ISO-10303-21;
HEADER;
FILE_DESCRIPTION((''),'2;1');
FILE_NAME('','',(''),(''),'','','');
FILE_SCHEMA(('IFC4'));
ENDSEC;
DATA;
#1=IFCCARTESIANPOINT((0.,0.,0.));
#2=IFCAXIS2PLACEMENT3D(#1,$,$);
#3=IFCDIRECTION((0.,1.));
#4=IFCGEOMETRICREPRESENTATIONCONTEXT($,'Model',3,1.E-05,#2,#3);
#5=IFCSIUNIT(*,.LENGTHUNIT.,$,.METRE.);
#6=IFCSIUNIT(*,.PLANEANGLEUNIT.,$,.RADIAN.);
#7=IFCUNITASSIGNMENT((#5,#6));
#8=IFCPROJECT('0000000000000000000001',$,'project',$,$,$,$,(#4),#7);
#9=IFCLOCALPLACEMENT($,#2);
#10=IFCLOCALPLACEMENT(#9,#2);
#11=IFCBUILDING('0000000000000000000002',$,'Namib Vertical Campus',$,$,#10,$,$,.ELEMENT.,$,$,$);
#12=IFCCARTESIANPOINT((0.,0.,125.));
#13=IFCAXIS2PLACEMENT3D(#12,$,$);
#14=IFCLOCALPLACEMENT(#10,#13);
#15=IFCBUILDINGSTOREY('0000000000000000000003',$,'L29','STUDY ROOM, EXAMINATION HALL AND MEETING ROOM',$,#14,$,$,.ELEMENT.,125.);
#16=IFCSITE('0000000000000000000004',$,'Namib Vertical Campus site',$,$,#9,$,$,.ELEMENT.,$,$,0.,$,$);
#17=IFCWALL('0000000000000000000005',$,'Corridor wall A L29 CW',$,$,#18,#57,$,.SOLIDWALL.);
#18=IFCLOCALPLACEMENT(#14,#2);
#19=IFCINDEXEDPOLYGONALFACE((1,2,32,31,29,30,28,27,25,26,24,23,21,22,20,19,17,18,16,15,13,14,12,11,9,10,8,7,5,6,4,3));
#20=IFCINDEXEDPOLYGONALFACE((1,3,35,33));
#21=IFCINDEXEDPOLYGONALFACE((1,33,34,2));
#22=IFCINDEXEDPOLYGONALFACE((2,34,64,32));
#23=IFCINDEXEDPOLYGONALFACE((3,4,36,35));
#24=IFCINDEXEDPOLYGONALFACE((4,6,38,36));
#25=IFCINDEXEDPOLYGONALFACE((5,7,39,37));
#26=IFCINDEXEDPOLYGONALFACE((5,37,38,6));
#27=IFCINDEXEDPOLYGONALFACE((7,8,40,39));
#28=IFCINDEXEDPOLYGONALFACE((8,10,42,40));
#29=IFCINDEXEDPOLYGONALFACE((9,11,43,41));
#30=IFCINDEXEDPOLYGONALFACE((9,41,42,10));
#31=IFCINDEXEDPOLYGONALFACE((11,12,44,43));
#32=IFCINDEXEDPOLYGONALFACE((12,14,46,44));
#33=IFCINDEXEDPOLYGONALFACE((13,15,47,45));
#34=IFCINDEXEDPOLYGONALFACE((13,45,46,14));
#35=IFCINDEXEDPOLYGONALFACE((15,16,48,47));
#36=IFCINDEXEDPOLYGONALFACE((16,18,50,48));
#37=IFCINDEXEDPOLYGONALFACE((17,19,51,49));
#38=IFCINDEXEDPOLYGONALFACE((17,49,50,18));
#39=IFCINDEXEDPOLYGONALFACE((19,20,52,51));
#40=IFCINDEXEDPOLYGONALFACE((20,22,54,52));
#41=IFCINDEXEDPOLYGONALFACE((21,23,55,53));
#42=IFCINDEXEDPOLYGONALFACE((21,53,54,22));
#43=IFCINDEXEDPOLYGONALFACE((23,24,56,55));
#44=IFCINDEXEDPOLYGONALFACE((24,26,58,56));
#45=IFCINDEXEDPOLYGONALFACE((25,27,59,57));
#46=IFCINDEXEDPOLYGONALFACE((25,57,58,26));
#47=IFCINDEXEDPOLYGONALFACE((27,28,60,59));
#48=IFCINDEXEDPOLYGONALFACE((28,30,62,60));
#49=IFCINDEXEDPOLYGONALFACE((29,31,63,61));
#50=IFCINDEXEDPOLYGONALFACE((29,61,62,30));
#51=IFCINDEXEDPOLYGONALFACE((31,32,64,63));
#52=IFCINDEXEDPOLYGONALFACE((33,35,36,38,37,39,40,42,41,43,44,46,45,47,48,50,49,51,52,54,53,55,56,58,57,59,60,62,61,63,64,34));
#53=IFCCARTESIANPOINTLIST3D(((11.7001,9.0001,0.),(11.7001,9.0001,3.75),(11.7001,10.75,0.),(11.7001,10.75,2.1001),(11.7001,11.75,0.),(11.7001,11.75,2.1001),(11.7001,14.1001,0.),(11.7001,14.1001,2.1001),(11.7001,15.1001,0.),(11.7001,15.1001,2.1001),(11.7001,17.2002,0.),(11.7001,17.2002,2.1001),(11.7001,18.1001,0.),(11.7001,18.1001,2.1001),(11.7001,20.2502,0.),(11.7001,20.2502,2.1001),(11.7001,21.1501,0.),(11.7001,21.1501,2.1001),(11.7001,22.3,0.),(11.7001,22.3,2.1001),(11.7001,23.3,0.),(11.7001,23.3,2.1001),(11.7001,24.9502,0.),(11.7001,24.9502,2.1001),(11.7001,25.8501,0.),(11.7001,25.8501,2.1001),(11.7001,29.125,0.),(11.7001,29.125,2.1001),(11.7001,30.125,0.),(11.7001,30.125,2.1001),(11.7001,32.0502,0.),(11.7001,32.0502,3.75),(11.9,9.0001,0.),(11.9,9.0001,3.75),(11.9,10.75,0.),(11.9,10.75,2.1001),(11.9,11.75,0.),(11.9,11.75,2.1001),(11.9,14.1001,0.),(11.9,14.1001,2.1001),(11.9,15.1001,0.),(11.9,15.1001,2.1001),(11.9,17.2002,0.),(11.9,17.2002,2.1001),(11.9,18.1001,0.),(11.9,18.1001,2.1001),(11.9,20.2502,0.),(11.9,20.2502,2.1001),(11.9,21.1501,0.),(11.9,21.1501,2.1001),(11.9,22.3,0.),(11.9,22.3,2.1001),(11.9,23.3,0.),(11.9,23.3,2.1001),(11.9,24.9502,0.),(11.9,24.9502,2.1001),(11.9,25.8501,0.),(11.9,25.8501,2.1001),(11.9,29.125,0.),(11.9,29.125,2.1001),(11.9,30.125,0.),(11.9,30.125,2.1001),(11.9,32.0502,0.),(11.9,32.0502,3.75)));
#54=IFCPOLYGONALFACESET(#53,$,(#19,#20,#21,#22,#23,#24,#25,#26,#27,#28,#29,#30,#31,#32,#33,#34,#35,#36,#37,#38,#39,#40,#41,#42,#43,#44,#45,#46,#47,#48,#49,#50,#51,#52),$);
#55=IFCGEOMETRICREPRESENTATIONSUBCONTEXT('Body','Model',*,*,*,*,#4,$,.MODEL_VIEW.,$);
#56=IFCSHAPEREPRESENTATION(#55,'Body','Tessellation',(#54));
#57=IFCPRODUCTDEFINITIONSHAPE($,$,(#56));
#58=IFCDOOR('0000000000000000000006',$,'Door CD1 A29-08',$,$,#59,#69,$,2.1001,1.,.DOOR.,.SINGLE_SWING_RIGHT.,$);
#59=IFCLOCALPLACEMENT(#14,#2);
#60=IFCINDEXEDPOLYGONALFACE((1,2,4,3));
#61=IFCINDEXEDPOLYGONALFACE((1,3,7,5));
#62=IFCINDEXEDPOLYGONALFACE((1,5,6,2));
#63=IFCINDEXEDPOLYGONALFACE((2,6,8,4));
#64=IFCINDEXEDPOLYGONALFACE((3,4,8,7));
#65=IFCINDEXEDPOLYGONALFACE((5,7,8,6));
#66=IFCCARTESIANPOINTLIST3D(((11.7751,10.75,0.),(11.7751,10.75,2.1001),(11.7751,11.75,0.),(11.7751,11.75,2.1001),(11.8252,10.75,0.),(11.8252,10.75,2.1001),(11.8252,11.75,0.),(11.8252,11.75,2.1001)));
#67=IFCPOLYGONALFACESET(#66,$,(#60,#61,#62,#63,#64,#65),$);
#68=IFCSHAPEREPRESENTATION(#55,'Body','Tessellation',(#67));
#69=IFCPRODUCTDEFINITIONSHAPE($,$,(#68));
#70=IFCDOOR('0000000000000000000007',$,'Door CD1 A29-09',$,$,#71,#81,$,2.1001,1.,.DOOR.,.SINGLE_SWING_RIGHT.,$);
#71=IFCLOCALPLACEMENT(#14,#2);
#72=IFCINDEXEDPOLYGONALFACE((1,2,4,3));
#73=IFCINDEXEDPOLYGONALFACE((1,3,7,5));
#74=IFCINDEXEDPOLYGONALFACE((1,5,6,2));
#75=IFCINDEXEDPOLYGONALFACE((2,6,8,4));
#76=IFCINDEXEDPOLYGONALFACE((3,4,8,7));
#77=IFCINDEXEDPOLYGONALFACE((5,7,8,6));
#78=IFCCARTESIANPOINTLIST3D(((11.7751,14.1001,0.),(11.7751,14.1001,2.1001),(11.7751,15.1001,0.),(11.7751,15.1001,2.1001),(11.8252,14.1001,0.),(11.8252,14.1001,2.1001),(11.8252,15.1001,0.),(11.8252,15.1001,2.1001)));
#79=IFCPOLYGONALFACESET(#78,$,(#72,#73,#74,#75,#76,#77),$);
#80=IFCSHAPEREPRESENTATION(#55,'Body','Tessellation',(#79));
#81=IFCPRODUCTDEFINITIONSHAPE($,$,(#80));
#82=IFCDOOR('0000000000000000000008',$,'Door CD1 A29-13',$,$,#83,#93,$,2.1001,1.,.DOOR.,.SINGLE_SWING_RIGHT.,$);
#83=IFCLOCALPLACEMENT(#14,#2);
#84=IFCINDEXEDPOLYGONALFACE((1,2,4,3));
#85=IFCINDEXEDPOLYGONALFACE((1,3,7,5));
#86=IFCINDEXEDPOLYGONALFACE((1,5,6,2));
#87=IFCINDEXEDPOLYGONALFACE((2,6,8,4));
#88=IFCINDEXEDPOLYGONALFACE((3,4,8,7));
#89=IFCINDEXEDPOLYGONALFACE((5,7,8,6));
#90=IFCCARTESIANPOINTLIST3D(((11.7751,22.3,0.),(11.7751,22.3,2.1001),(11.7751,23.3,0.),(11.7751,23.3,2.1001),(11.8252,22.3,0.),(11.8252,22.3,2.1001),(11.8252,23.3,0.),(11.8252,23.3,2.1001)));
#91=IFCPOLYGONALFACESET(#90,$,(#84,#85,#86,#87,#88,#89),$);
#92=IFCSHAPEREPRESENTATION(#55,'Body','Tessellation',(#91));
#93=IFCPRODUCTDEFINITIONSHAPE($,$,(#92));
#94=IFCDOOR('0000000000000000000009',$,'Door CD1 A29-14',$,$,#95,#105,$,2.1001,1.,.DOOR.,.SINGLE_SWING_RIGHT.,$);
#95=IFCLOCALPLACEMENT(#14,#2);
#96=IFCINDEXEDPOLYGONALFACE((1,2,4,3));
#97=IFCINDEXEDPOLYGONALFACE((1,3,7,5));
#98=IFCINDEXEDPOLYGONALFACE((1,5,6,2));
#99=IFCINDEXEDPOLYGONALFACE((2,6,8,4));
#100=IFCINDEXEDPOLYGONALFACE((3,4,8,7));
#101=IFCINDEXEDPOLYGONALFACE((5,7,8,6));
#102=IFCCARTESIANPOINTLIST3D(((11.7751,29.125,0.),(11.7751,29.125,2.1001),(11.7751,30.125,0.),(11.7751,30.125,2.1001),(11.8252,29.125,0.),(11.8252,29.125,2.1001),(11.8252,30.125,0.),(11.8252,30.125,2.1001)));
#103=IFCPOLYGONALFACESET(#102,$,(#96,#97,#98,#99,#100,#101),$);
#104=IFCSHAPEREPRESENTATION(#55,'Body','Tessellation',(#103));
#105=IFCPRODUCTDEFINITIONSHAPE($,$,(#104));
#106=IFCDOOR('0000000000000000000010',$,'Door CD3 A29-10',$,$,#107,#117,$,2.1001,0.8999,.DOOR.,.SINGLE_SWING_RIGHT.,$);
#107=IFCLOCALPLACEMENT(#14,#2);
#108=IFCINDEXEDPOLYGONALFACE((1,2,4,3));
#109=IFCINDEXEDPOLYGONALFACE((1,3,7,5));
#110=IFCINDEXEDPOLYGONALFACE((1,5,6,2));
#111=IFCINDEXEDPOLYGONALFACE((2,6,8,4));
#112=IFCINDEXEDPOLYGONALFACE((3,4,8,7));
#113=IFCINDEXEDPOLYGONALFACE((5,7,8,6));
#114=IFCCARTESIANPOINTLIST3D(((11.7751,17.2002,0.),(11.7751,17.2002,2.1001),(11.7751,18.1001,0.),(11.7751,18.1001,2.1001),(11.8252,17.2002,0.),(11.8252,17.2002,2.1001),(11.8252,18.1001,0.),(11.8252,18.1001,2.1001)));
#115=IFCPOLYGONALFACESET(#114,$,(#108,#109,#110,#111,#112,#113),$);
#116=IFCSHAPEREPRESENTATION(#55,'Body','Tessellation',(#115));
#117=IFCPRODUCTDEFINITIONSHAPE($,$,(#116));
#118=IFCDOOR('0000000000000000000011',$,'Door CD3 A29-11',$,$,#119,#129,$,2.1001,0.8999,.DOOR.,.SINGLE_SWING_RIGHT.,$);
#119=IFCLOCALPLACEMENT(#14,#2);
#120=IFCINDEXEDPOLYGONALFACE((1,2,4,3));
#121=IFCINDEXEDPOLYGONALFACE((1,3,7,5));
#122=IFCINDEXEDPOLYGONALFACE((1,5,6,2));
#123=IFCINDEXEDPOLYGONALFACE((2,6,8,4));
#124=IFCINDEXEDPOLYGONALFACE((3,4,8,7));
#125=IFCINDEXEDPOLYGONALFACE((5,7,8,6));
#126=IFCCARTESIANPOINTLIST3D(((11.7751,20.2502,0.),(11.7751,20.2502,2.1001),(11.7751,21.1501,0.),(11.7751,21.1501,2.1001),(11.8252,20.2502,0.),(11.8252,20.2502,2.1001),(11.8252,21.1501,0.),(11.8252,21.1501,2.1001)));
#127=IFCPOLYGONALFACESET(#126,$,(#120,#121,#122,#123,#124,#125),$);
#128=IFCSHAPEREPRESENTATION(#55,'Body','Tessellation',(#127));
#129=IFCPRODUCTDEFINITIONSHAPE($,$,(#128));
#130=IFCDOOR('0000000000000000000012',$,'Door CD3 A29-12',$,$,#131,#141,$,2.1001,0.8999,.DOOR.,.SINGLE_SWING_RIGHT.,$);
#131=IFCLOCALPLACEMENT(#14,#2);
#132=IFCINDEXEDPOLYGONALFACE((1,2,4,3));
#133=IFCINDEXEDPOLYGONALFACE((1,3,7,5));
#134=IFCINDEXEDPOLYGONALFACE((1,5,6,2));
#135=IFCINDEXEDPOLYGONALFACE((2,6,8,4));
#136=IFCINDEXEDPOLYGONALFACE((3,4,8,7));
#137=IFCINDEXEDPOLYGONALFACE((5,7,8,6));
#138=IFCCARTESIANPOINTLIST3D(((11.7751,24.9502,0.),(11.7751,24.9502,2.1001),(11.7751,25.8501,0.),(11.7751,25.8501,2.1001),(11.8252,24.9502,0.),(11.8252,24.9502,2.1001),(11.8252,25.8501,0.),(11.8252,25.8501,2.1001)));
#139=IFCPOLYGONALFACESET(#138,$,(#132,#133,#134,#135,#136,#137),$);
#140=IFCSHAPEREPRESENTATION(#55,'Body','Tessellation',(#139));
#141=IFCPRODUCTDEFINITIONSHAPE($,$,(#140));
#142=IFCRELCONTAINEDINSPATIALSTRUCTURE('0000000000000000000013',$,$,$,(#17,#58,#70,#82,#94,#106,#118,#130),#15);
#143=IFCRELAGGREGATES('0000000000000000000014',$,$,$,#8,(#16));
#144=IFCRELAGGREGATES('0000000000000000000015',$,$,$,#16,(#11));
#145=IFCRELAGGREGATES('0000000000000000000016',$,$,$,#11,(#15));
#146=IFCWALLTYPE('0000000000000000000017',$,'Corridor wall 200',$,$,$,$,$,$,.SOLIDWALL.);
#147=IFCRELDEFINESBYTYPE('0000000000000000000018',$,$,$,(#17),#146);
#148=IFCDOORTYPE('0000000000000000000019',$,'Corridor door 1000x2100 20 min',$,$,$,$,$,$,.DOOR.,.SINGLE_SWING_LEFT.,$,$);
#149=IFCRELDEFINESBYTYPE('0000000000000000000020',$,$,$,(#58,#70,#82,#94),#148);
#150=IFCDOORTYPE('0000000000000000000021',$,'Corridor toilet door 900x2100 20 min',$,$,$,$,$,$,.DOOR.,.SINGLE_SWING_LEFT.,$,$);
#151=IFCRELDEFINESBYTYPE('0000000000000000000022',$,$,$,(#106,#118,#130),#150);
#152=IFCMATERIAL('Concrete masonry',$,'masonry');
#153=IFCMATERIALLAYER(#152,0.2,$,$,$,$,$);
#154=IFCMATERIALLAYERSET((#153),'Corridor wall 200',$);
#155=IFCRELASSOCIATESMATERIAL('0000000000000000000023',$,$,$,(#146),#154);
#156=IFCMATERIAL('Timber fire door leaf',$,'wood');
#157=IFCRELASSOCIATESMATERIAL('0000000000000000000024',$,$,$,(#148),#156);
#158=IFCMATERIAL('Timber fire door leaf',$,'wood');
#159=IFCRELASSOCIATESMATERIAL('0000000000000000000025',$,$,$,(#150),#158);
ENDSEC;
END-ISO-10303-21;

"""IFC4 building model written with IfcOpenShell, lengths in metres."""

from ifc_helpers import new_model, si_unit, direction, frame, frame_2d, origin, place, context, subcontext, project, spatial, rectangle, extrude, material, layer, layer_set, type_object, element, fill, save


model = new_model("IFC4")

# Units and contexts
model_context = context("Model", 3, precision=1e-05, world=origin(), true_north=direction((0.0, 1.0)))
body_context = subcontext(model_context, "Body", "Model", "MODEL_VIEW")
ifc_project = project(units=[si_unit("LENGTHUNIT", "METRE"), si_unit("PLANEANGLEUNIT", "RADIAN")], contexts=[model_context])

# Site, building, storey
site_placement = place(None, origin())
site = spatial("IfcSite", under=ifc_project, at=site_placement, Name="Namib Vertical Campus site", CompositionType="ELEMENT", RefElevation=0.0)
building_placement = place(site_placement, origin())
building = spatial("IfcBuilding", under=site, at=building_placement, Name="Namib Vertical Campus", CompositionType="ELEMENT")
storey_placement = place(building_placement, frame((0.0, 0.0, 125.0)))
storey = spatial("IfcBuildingStorey", under=building, at=storey_placement, Name="L29", Description="STUDY ROOM, EXAMINATION HALL AND MEETING ROOM", CompositionType="ELEMENT", Elevation=125.0)

# Wall, openings, doors
ifc_material_1 = material(Name="Concrete masonry", Category="masonry")
ifc_layer_1 = layer(ifc_material_1, 0.2)
ifc_layer_set_1 = layer_set([ifc_layer_1], Name="Corridor wall 200")
wall_type_1 = type_object("IfcWallType", Name="Corridor wall 200", PredefinedType="SOLIDWALL", material=ifc_layer_set_1)
wall_1_placement = place(storey_placement, frame((11.8, 32.05, 0.0), z_axis=(0.0, 0.0, 1.0), x_axis=(0.0, -1.0, 0.0)))
wall_1 = element("IfcWall", 1, at=wall_1_placement, inside=storey, type_object=wall_type_1, Name="Corridor wall A L29 CW", PredefinedType="SOLIDWALL", context=body_context, shape_type="SweptSolid", body=[
    extrude(rectangle(XDim=23.05, YDim=0.2, at=frame_2d((11.5249, 0.0))), origin(), (0.0, 0.0, 1.0), 3.75),
])
opening_1_placement = place(wall_1_placement, frame((20.3, 0.0, 0.0)))
opening_1 = element("IfcOpeningElement", 2, at=opening_1_placement, cuts=wall_1, PredefinedType="OPENING", context=body_context, shape_type="SweptSolid", body=[
    extrude(rectangle(XDim=1.0, YDim=2.1001, at=frame_2d((0.5, 1.05))), frame((0.0, 0.1099, 0.0), z_axis=(0.0, -1.0, 0.0), x_axis=(1.0, 0.0, 0.0)), (0.0, 0.0, 1.0), 0.22),
])
opening_2_placement = place(wall_1_placement, frame((16.95, 0.0, 0.0)))
opening_2 = element("IfcOpeningElement", 3, at=opening_2_placement, cuts=wall_1, PredefinedType="OPENING", context=body_context, shape_type="SweptSolid", body=[
    extrude(rectangle(XDim=1.0, YDim=2.1001, at=frame_2d((0.5, 1.05))), frame((0.0, 0.1099, 0.0), z_axis=(0.0, -1.0, 0.0), x_axis=(1.0, 0.0, 0.0)), (0.0, 0.0, 1.0), 0.22),
])
opening_3_placement = place(wall_1_placement, frame((13.95, 0.0, 0.0)))
opening_3 = element("IfcOpeningElement", 4, at=opening_3_placement, cuts=wall_1, PredefinedType="OPENING", context=body_context, shape_type="SweptSolid", body=[
    extrude(rectangle(XDim=0.8999, YDim=2.1001, at=frame_2d((0.45, 1.05))), frame((0.0, 0.1099, 0.0), z_axis=(0.0, -1.0, 0.0), x_axis=(1.0, 0.0, 0.0)), (0.0, 0.0, 1.0), 0.22),
])
opening_4_placement = place(wall_1_placement, frame((10.8999, 0.0, 0.0)))
opening_4 = element("IfcOpeningElement", 5, at=opening_4_placement, cuts=wall_1, PredefinedType="OPENING", context=body_context, shape_type="SweptSolid", body=[
    extrude(rectangle(XDim=0.8999, YDim=2.1001, at=frame_2d((0.45, 1.05))), frame((0.0, 0.1099, 0.0), z_axis=(0.0, -1.0, 0.0), x_axis=(1.0, 0.0, 0.0)), (0.0, 0.0, 1.0), 0.22),
])
opening_5_placement = place(wall_1_placement, frame((6.2, 0.0, 0.0)))
opening_5 = element("IfcOpeningElement", 6, at=opening_5_placement, cuts=wall_1, PredefinedType="OPENING", context=body_context, shape_type="SweptSolid", body=[
    extrude(rectangle(XDim=0.8999, YDim=2.1001, at=frame_2d((0.45, 1.05))), frame((0.0, 0.1099, 0.0), z_axis=(0.0, -1.0, 0.0), x_axis=(1.0, 0.0, 0.0)), (0.0, 0.0, 1.0), 0.22),
])
opening_6_placement = place(wall_1_placement, frame((8.75, 0.0, 0.0)))
opening_6 = element("IfcOpeningElement", 7, at=opening_6_placement, cuts=wall_1, PredefinedType="OPENING", context=body_context, shape_type="SweptSolid", body=[
    extrude(rectangle(XDim=1.0, YDim=2.1001, at=frame_2d((0.5, 1.05))), frame((0.0, 0.1099, 0.0), z_axis=(0.0, -1.0, 0.0), x_axis=(1.0, 0.0, 0.0)), (0.0, 0.0, 1.0), 0.22),
])
opening_7_placement = place(wall_1_placement, frame((1.925, 0.0, 0.0)))
opening_7 = element("IfcOpeningElement", 8, at=opening_7_placement, cuts=wall_1, PredefinedType="OPENING", context=body_context, shape_type="SweptSolid", body=[
    extrude(rectangle(XDim=1.0, YDim=2.1001, at=frame_2d((0.5, 1.05))), frame((0.0, 0.1099, 0.0), z_axis=(0.0, -1.0, 0.0), x_axis=(1.0, 0.0, 0.0)), (0.0, 0.0, 1.0), 0.22),
])
ifc_material_2 = material(Name="Timber fire door leaf", Category="wood")
door_type_1 = type_object("IfcDoorType", Name="Corridor door 1000x2100 20 min", OperationType="SINGLE_SWING_LEFT", PredefinedType="DOOR", material=ifc_material_2)
door_1_placement = place(opening_1_placement, frame((1.0, 0.0, 0.0), z_axis=(0.0, 0.0, 1.0), x_axis=(-1.0, 0.0, 0.0)))
door_1 = element("IfcDoor", 9, at=door_1_placement, inside=storey, type_object=door_type_1, Name="Door CD1 A29-08", OperationType="SINGLE_SWING_RIGHT", OverallHeight=2.1001, OverallWidth=1.0, PredefinedType="DOOR", context=body_context, shape_type="SweptSolid", body=[
    extrude(rectangle(XDim=1.0, YDim=2.1001, at=frame_2d((0.5, 1.05))), frame((0.0, 0.0249, 0.0), z_axis=(0.0, -1.0, 0.0), x_axis=(1.0, 0.0, 0.0)), (0.0, 0.0, 1.0), 0.05),
])
fill(opening_1, door_1)
door_2_placement = place(opening_2_placement, frame((1.0, 0.0, 0.0), z_axis=(0.0, 0.0, 1.0), x_axis=(-1.0, 0.0, 0.0)))
door_2 = element("IfcDoor", 10, at=door_2_placement, inside=storey, type_object=door_type_1, Name="Door CD1 A29-09", OperationType="SINGLE_SWING_RIGHT", OverallHeight=2.1001, OverallWidth=1.0, PredefinedType="DOOR", context=body_context, shape_type="SweptSolid", body=[
    extrude(rectangle(XDim=1.0, YDim=2.1001, at=frame_2d((0.5, 1.05))), frame((0.0, 0.0249, 0.0), z_axis=(0.0, -1.0, 0.0), x_axis=(1.0, 0.0, 0.0)), (0.0, 0.0, 1.0), 0.05),
])
fill(opening_2, door_2)
door_3_placement = place(opening_6_placement, frame((1.0, 0.0, 0.0), z_axis=(0.0, 0.0, 1.0), x_axis=(-1.0, 0.0, 0.0)))
door_3 = element("IfcDoor", 11, at=door_3_placement, inside=storey, type_object=door_type_1, Name="Door CD1 A29-13", OperationType="SINGLE_SWING_RIGHT", OverallHeight=2.1001, OverallWidth=1.0, PredefinedType="DOOR", context=body_context, shape_type="SweptSolid", body=[
    extrude(rectangle(XDim=1.0, YDim=2.1001, at=frame_2d((0.5, 1.05))), frame((0.0, 0.0249, 0.0), z_axis=(0.0, -1.0, 0.0), x_axis=(1.0, 0.0, 0.0)), (0.0, 0.0, 1.0), 0.05),
])
fill(opening_6, door_3)
door_4_placement = place(opening_7_placement, frame((1.0, 0.0, 0.0), z_axis=(0.0, 0.0, 1.0), x_axis=(-1.0, 0.0, 0.0)))
door_4 = element("IfcDoor", 12, at=door_4_placement, inside=storey, type_object=door_type_1, Name="Door CD1 A29-14", OperationType="SINGLE_SWING_RIGHT", OverallHeight=2.1001, OverallWidth=1.0, PredefinedType="DOOR", context=body_context, shape_type="SweptSolid", body=[
    extrude(rectangle(XDim=1.0, YDim=2.1001, at=frame_2d((0.5, 1.05))), frame((0.0, 0.0249, 0.0), z_axis=(0.0, -1.0, 0.0), x_axis=(1.0, 0.0, 0.0)), (0.0, 0.0, 1.0), 0.05),
])
fill(opening_7, door_4)
ifc_material_3 = material(Name="Timber fire door leaf", Category="wood")
door_type_2 = type_object("IfcDoorType", Name="Corridor toilet door 900x2100 20 min", OperationType="SINGLE_SWING_LEFT", PredefinedType="DOOR", material=ifc_material_3)
door_5_placement = place(opening_3_placement, frame((0.8999, 0.0, 0.0), z_axis=(0.0, 0.0, 1.0), x_axis=(-1.0, 0.0, 0.0)))
door_5 = element("IfcDoor", 13, at=door_5_placement, inside=storey, type_object=door_type_2, Name="Door CD3 A29-10", OperationType="SINGLE_SWING_RIGHT", OverallHeight=2.1001, OverallWidth=0.8999, PredefinedType="DOOR", context=body_context, shape_type="SweptSolid", body=[
    extrude(rectangle(XDim=0.8999, YDim=2.1001, at=frame_2d((0.45, 1.05))), frame((0.0, 0.0249, 0.0), z_axis=(0.0, -1.0, 0.0), x_axis=(1.0, 0.0, 0.0)), (0.0, 0.0, 1.0), 0.05),
])
fill(opening_3, door_5)
door_6_placement = place(opening_4_placement, frame((0.8999, 0.0, 0.0), z_axis=(0.0, 0.0, 1.0), x_axis=(-1.0, 0.0, 0.0)))
door_6 = element("IfcDoor", 14, at=door_6_placement, inside=storey, type_object=door_type_2, Name="Door CD3 A29-11", OperationType="SINGLE_SWING_RIGHT", OverallHeight=2.1001, OverallWidth=0.8999, PredefinedType="DOOR", context=body_context, shape_type="SweptSolid", body=[
    extrude(rectangle(XDim=0.8999, YDim=2.1001, at=frame_2d((0.45, 1.05))), frame((0.0, 0.0249, 0.0), z_axis=(0.0, -1.0, 0.0), x_axis=(1.0, 0.0, 0.0)), (0.0, 0.0, 1.0), 0.05),
])
fill(opening_4, door_6)
door_7_placement = place(opening_5_placement, frame((0.8999, 0.0, 0.0), z_axis=(0.0, 0.0, 1.0), x_axis=(-1.0, 0.0, 0.0)))
door_7 = element("IfcDoor", 15, at=door_7_placement, inside=storey, type_object=door_type_2, Name="Door CD3 A29-12", OperationType="SINGLE_SWING_RIGHT", OverallHeight=2.1001, OverallWidth=0.8999, PredefinedType="DOOR", context=body_context, shape_type="SweptSolid", body=[
    extrude(rectangle(XDim=0.8999, YDim=2.1001, at=frame_2d((0.45, 1.05))), frame((0.0, 0.0249, 0.0), z_axis=(0.0, -1.0, 0.0), x_axis=(1.0, 0.0, 0.0)), (0.0, 0.0, 1.0), 0.05),
])
fill(opening_5, door_7)

save(model, "model.ifc")
